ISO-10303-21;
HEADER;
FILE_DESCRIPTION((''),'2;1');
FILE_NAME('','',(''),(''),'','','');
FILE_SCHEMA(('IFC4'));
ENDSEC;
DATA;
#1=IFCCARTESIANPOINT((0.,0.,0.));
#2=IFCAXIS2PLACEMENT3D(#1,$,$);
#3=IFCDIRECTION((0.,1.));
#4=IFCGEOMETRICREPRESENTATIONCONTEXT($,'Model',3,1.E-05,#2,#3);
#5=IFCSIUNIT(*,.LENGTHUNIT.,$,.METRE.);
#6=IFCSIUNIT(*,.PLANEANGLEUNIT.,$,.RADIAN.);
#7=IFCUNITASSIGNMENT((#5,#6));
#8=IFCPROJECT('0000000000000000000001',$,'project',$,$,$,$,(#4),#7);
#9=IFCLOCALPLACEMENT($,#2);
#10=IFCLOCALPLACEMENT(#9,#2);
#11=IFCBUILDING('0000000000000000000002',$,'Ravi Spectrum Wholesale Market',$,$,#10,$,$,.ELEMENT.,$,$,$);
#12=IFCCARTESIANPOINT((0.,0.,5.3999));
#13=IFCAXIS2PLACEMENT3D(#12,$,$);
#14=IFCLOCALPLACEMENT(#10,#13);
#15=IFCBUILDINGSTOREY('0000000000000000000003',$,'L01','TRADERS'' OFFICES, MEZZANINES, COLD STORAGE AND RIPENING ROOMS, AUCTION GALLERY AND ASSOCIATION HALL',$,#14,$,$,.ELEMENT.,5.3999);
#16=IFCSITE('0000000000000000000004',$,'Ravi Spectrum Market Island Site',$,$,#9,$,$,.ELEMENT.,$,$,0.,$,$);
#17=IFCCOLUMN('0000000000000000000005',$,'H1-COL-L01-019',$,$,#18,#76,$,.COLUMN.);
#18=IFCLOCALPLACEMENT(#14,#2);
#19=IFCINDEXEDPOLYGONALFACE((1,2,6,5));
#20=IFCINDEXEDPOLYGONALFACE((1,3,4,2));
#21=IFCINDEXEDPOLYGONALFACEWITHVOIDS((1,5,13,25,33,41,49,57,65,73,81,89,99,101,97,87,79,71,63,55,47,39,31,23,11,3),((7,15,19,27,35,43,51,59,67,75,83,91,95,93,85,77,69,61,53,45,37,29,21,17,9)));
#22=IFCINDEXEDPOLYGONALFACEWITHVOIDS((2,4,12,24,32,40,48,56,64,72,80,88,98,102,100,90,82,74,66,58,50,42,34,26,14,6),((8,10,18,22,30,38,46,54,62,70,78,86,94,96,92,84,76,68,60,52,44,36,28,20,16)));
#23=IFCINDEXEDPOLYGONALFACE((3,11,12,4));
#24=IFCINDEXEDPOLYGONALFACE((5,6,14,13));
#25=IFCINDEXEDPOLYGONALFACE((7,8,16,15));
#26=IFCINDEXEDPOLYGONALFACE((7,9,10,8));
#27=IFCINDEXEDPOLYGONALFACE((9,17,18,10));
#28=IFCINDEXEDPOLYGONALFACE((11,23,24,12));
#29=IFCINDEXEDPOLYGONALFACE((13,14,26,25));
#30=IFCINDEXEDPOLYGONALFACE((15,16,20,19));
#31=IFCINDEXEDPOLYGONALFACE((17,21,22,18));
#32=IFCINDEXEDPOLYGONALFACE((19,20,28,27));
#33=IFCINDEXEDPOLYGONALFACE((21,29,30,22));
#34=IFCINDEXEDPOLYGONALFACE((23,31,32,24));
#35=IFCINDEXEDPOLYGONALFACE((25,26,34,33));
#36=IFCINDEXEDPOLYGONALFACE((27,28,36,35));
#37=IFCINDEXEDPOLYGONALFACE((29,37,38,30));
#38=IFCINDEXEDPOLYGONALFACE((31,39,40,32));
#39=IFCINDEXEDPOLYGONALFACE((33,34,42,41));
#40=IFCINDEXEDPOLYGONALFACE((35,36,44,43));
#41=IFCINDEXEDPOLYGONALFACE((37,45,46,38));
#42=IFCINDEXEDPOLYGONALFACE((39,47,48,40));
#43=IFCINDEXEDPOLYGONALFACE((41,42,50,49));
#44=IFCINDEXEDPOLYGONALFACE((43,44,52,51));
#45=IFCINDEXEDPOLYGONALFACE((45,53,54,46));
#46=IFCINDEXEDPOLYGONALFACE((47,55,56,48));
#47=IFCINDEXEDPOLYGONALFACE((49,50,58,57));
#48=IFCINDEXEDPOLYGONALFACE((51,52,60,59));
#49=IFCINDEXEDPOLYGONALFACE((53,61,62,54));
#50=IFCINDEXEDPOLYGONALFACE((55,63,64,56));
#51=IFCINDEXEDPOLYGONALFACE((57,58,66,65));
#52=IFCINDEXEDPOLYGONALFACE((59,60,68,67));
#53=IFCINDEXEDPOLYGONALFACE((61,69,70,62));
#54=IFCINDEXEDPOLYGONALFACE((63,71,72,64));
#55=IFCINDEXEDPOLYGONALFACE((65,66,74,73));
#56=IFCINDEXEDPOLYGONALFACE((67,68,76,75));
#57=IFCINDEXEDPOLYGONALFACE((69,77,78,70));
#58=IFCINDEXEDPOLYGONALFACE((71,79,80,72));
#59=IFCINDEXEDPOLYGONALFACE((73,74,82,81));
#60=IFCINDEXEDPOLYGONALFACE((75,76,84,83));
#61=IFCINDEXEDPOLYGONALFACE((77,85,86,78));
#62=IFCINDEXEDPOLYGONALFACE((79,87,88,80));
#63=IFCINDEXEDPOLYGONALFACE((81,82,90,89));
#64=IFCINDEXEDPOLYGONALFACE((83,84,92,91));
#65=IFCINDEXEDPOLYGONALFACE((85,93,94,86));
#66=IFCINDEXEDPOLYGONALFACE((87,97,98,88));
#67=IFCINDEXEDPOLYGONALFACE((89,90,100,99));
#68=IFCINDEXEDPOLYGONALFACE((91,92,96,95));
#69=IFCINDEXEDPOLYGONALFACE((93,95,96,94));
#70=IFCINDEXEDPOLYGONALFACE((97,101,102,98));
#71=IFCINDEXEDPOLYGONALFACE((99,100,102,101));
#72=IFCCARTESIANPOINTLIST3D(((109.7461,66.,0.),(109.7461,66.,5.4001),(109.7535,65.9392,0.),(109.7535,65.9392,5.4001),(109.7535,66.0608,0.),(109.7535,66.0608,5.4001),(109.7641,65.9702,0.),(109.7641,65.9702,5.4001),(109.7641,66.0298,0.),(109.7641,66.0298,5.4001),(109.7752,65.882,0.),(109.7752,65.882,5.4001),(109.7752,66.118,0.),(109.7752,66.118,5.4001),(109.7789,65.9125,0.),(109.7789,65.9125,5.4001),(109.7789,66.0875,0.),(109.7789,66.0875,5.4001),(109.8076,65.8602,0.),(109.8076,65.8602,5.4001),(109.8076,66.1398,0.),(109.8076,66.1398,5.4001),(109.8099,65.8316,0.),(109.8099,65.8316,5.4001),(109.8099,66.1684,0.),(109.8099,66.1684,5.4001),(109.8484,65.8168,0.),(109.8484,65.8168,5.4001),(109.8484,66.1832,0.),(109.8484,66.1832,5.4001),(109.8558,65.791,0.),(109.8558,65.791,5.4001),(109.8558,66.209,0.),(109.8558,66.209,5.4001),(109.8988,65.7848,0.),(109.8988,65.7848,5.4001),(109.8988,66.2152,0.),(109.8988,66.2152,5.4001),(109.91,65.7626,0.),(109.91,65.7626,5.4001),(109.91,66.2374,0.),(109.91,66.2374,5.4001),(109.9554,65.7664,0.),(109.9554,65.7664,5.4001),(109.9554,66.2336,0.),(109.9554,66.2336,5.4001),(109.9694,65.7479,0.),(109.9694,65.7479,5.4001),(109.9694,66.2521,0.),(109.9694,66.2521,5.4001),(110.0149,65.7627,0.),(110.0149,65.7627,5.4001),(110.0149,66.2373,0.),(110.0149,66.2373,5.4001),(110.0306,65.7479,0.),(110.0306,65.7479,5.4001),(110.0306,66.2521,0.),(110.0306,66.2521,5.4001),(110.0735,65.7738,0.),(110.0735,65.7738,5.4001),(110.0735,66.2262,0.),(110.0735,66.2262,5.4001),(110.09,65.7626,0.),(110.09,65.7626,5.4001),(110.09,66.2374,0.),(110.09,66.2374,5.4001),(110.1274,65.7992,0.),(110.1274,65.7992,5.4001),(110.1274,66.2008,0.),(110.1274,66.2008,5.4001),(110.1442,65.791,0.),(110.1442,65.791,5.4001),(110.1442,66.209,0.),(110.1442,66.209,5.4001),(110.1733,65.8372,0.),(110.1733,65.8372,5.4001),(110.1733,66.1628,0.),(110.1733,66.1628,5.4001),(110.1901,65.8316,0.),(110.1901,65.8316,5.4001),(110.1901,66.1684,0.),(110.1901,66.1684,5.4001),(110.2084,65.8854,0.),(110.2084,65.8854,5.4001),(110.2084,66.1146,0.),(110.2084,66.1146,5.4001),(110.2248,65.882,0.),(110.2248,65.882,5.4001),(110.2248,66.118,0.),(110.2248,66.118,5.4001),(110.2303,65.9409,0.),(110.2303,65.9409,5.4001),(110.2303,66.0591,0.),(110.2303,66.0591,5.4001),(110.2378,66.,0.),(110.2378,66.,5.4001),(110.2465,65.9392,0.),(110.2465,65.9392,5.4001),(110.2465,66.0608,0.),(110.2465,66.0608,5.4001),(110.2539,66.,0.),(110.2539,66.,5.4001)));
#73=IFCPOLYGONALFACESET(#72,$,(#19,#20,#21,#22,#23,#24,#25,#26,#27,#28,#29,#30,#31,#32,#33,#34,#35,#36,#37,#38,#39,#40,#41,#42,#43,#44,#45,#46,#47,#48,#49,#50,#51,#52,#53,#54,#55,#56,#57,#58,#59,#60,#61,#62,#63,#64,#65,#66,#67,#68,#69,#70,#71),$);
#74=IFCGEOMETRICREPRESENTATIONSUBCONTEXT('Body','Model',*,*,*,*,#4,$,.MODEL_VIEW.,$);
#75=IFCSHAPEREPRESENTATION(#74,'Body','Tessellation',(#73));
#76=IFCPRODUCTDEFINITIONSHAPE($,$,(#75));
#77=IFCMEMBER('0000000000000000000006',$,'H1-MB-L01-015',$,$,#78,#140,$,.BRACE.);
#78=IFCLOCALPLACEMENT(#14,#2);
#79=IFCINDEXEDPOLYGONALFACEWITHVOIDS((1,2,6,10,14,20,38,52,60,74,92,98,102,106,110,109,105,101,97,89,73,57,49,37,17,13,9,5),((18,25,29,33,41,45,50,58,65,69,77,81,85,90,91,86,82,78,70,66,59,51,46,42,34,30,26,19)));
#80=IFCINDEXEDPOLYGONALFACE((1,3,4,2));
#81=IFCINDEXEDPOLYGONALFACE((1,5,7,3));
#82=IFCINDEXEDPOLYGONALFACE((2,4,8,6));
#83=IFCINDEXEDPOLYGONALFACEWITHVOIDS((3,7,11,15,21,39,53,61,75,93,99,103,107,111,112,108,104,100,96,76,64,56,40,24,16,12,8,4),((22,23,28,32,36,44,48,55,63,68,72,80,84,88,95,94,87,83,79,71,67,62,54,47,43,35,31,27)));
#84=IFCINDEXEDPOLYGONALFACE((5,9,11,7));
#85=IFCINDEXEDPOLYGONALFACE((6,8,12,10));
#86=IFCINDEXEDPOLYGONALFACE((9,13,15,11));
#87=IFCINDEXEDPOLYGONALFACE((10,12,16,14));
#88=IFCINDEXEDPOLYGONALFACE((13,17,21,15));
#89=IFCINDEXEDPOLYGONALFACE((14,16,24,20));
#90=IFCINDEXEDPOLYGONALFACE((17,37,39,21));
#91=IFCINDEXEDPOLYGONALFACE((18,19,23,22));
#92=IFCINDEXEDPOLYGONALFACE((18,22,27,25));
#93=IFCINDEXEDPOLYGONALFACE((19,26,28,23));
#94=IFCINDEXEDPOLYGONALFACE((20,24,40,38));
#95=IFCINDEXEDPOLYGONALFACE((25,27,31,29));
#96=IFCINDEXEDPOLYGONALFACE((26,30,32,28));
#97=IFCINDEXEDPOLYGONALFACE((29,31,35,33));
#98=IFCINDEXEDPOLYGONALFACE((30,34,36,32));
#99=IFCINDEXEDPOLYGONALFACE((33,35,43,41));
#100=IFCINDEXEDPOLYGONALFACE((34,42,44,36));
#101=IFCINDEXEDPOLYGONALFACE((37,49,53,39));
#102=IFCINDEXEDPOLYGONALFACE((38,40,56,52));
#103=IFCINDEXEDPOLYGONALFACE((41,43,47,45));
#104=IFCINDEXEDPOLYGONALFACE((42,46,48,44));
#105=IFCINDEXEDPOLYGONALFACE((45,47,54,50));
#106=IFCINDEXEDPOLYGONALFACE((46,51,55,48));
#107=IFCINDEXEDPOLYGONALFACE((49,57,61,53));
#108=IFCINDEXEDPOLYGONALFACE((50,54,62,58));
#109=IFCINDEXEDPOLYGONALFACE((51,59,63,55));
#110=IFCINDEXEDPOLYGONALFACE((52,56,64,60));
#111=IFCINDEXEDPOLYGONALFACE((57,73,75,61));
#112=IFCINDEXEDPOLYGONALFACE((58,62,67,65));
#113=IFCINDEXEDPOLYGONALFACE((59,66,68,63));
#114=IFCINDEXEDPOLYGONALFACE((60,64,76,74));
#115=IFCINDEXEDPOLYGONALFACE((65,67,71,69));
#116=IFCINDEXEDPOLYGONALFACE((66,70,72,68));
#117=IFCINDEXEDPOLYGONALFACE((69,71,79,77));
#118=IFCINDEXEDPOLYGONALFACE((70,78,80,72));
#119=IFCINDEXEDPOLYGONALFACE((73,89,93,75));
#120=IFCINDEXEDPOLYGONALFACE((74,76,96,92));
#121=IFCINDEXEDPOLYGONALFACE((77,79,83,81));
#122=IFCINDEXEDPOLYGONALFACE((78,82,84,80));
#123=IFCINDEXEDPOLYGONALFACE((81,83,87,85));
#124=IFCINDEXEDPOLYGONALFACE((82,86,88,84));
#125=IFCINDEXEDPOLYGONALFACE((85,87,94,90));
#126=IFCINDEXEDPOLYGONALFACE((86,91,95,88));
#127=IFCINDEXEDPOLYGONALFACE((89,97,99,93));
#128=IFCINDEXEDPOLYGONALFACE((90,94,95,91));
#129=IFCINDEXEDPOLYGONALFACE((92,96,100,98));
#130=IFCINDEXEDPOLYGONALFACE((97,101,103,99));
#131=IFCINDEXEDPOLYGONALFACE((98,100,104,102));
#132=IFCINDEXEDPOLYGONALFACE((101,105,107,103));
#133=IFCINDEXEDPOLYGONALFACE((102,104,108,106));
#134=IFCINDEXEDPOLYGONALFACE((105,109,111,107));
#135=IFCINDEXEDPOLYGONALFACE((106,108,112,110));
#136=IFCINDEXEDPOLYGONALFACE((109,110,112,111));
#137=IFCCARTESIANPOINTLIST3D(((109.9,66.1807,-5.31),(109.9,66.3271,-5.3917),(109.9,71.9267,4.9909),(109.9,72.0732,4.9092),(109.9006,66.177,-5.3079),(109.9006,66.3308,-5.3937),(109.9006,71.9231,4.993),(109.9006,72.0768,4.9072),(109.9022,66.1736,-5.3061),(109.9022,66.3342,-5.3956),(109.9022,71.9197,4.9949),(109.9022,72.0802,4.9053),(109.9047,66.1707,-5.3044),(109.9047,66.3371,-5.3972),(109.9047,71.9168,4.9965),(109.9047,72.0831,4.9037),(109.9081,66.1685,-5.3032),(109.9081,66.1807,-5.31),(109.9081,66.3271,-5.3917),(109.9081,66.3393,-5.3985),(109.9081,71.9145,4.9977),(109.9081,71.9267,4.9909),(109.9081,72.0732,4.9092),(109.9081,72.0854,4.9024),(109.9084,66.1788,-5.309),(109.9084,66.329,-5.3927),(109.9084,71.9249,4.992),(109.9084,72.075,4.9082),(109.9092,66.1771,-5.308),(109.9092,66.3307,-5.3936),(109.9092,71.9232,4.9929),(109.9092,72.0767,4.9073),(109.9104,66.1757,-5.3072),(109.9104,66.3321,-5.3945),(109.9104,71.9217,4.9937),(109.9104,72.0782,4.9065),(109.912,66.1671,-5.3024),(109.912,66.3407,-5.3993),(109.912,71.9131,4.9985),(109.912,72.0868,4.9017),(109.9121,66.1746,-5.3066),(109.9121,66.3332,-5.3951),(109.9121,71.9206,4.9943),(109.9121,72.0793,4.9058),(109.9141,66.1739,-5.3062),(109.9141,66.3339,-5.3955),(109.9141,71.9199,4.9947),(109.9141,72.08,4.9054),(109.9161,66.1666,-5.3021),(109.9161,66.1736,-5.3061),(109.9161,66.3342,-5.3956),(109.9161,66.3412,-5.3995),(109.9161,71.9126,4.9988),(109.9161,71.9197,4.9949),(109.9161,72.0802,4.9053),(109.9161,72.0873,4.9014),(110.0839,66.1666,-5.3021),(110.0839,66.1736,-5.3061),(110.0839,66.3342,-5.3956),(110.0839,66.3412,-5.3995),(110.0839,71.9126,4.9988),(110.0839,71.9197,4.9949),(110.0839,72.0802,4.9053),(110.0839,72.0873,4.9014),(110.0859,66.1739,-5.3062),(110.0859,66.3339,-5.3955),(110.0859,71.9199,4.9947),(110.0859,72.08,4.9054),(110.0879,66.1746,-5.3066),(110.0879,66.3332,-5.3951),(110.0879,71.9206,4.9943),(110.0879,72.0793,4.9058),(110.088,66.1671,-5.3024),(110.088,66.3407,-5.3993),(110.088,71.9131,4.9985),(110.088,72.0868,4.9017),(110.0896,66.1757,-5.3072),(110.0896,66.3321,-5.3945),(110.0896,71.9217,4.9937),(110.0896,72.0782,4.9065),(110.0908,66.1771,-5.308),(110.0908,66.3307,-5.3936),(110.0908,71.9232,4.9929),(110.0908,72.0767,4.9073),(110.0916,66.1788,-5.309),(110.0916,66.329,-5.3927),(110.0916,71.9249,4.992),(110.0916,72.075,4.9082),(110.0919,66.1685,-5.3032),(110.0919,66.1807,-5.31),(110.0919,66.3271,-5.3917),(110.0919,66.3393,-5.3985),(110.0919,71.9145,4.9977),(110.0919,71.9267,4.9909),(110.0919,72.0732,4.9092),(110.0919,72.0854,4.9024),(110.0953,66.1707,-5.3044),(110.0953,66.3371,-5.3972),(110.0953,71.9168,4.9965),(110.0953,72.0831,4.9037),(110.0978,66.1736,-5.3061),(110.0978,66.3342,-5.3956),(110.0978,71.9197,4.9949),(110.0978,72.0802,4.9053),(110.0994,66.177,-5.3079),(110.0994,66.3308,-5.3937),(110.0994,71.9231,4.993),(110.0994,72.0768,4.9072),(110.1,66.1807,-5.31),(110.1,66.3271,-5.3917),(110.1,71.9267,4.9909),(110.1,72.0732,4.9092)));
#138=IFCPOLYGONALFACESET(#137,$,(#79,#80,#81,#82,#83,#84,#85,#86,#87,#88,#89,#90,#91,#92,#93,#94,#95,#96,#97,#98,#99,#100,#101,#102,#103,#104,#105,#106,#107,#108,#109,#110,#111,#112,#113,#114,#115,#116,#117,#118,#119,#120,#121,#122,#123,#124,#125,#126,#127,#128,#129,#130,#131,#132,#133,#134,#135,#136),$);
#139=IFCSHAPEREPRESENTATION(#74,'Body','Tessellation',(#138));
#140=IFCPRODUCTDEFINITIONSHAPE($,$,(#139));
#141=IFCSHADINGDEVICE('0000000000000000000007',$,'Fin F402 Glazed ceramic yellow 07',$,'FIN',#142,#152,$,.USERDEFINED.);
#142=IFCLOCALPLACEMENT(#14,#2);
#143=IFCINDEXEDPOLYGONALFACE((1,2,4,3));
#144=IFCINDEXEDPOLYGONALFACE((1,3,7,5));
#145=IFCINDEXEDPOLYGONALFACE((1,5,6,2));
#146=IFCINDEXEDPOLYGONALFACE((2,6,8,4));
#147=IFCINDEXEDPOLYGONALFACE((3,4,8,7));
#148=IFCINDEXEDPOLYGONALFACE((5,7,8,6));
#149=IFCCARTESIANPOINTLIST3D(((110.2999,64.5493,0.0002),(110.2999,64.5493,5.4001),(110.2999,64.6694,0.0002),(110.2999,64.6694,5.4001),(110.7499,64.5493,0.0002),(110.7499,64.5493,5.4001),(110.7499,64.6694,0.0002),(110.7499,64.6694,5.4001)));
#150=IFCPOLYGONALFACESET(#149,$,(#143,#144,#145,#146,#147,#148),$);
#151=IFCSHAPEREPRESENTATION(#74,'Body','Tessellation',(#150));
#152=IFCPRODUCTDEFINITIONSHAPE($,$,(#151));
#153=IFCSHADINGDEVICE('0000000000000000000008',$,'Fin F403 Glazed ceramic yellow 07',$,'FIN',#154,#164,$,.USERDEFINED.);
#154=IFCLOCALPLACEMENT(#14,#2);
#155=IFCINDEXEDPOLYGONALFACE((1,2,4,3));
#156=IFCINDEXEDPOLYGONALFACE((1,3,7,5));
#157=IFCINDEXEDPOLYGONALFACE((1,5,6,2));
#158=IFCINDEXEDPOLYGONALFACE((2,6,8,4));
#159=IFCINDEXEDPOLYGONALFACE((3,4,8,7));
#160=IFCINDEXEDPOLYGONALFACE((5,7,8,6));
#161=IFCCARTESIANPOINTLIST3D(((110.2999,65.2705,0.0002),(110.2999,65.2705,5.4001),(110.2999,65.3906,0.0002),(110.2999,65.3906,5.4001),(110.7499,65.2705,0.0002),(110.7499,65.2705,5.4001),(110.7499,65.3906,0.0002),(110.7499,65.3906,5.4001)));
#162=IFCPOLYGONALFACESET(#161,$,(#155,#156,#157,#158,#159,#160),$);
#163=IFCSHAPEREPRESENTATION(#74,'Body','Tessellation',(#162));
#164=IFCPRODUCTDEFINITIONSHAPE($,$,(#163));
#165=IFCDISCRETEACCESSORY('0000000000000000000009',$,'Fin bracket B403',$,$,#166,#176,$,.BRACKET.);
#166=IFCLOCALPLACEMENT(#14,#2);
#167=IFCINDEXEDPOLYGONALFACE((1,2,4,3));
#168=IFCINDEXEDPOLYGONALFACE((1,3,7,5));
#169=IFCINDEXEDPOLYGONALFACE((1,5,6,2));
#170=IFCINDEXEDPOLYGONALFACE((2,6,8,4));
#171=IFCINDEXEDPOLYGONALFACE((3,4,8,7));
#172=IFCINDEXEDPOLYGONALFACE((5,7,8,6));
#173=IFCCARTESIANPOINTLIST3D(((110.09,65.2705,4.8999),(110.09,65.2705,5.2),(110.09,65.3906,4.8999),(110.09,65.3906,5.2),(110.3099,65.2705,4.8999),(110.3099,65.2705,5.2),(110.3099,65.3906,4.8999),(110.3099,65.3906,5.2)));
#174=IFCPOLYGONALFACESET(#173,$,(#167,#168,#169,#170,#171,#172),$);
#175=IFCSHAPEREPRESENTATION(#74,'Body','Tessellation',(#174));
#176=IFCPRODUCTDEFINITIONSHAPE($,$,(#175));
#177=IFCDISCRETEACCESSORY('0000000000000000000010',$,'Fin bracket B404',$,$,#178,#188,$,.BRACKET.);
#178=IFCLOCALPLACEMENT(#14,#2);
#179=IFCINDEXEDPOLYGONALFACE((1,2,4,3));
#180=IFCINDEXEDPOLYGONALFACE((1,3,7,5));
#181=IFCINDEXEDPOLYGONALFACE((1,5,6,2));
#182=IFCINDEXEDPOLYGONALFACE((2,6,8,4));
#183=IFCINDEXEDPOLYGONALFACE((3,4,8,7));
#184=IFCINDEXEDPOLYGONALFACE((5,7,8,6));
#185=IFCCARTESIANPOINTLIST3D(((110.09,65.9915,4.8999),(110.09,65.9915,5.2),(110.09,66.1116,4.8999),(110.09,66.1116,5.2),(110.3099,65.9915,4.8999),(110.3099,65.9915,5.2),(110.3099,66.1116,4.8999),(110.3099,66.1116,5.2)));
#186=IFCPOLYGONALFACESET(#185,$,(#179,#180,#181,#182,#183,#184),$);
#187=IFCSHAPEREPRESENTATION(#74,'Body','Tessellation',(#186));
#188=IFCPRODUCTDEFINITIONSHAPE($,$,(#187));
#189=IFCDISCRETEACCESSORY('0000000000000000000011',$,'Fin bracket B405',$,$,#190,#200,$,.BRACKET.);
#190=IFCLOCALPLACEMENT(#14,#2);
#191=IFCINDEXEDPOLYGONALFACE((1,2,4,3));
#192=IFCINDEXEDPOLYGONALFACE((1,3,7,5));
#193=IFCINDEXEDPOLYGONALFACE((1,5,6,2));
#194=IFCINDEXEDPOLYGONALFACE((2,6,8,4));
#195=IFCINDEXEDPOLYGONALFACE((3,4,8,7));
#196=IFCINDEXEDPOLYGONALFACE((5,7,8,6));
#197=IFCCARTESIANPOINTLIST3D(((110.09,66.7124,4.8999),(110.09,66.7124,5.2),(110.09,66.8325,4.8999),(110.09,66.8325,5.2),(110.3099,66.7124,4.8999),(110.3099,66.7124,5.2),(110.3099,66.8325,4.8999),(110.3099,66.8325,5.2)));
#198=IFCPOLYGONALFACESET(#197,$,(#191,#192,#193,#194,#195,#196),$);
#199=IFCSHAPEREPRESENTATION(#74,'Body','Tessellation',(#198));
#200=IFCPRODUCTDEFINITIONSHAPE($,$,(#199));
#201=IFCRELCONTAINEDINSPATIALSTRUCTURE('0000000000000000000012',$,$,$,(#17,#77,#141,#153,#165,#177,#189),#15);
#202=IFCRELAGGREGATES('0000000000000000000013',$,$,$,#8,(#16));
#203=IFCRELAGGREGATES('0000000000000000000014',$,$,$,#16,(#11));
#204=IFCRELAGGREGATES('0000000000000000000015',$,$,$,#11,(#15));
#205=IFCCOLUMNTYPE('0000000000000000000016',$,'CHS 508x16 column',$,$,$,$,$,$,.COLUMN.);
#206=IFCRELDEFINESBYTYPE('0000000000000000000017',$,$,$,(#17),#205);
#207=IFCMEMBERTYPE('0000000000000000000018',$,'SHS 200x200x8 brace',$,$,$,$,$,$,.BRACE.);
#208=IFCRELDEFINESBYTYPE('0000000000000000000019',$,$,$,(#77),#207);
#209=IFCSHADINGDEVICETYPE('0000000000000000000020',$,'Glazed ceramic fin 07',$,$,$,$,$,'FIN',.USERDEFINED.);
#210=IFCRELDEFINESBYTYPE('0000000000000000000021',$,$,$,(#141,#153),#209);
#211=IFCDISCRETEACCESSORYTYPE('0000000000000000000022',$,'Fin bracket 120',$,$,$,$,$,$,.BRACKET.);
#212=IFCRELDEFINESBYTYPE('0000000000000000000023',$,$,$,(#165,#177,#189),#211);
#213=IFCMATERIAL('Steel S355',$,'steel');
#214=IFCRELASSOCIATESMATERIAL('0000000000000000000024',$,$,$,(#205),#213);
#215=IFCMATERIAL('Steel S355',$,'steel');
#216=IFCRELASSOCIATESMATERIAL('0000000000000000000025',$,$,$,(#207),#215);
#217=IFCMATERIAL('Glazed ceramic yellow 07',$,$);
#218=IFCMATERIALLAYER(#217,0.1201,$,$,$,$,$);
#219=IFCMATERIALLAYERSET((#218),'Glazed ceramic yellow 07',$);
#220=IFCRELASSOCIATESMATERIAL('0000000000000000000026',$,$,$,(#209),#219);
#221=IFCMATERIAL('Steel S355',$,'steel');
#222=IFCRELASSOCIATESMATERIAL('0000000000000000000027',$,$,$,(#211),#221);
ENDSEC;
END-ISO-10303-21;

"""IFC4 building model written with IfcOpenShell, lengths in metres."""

from ifc_helpers import new_model, si_unit, direction, frame, origin, origin_2d, place, context, subcontext, project, spatial, rectangle, hollow_rectangle, hollow_circle, extrude, material, layer, layer_set, material_profile, profile_set, type_object, element, save


model = new_model("IFC4")

# Units and contexts
model_context = context("Model", 3, precision=1e-05, world=origin(), true_north=direction((0.0, 1.0)))
body_context = subcontext(model_context, "Body", "Model", "MODEL_VIEW")
ifc_project = project(units=[si_unit("LENGTHUNIT", "METRE"), si_unit("PLANEANGLEUNIT", "RADIAN")], contexts=[model_context])

# Site, building, storey
site_placement = place(None, origin())
site = spatial("IfcSite", under=ifc_project, at=site_placement, Name="Ravi Spectrum Market Island Site", CompositionType="ELEMENT", RefElevation=0.0)
building_placement = place(site_placement, origin())
building = spatial("IfcBuilding", under=site, at=building_placement, Name="Ravi Spectrum Wholesale Market", CompositionType="ELEMENT")
storey_placement = place(building_placement, frame((0.0, 0.0, 5.3999)))
storey = spatial("IfcBuildingStorey", under=building, at=storey_placement, Name="L01", Description="TRADERS' OFFICES, MEZZANINES, COLD STORAGE AND RIPENING ROOMS, AUCTION GALLERY AND ASSOCIATION HALL", CompositionType="ELEMENT", Elevation=5.3999)

# Column
ifc_material_1 = material(Name="Steel S355", Category="steel")
ifc_material_profile_1 = material_profile(ifc_material_1, hollow_circle(Radius=0.2539, WallThickness=0.0161, at=origin_2d()))
ifc_profile_set_1 = profile_set([ifc_material_profile_1], Name="Steel S355")
column_type = type_object("IfcColumnType", Name="CHS 508x16 column", PredefinedType="COLUMN", material=ifc_profile_set_1)
column_placement = place(storey_placement, frame((110.0, 66.0, 0.0), z_axis=(0.0, 0.0, 1.0), x_axis=(1.0, 0.0, 0.0)))
element("IfcColumn", 1, at=column_placement, inside=storey, type_object=column_type, Name="H1-COL-L01-019", PredefinedType="COLUMN", context=body_context, shape_type="SweptSolid", body=[
    extrude(hollow_circle(Radius=0.2539, WallThickness=0.0161, at=origin_2d()), origin(), (0.0, 0.0, 1.0), 5.4001),
])

# Member
ifc_material_2 = material(Name="Steel S355", Category="steel")
ifc_material_profile_2 = material_profile(ifc_material_2, hollow_rectangle(XDim=0.2, YDim=0.2, WallThickness=0.0081, InnerFilletRadius=0.0081, OuterFilletRadius=0.0161, at=origin_2d()))
ifc_profile_set_2 = profile_set([ifc_material_profile_2], Name="Steel S355")
member_type = type_object("IfcMemberType", Name="SHS 200x200x8 brace", PredefinedType="BRACE", material=ifc_profile_set_2)
member_placement = place(storey_placement, frame((110.0, 66.2539, -5.3508), z_axis=(0.0, 0.487152, 0.873317), x_axis=(-1.0, 0.0, 0.0)))
element("IfcMember", 2, at=member_placement, inside=storey, type_object=member_type, Name="H1-MB-L01-015", PredefinedType="BRACE", context=body_context, shape_type="SweptSolid", body=[
    extrude(hollow_rectangle(XDim=0.2, YDim=0.2, WallThickness=0.0081, InnerFilletRadius=0.0081, OuterFilletRadius=0.0161, at=origin_2d()), origin(), (0.0, 0.0, 1.0), 11.7952),
])

# Shading devices
ifc_material_3 = material(Name="Glazed ceramic yellow 07")
ifc_layer = layer(ifc_material_3, 0.1201)
ifc_layer_set = layer_set([ifc_layer], Name="Glazed ceramic yellow 07")
shading_device_type = type_object("IfcShadingDeviceType", Name="Glazed ceramic fin 07", ElementType="FIN", PredefinedType="USERDEFINED", material=ifc_layer_set)
for number, where, z_axis, x_axis, name in (
    (3, (110.5249, 64.6094, 0.0002), (0.0, 0.0, 1.0), (0.0, 1.0, 0.0), "Fin F402 Glazed ceramic yellow 07"),
    (4, (110.5249, 65.3306, 0.0002), (0.0, 0.0, 1.0), (0.0, 1.0, 0.0), "Fin F403 Glazed ceramic yellow 07"),
):
    element("IfcShadingDevice", number, at=place(storey_placement, frame(where, z_axis=z_axis, x_axis=x_axis)), inside=storey, type_object=shading_device_type, Name=name, ObjectType="FIN", PredefinedType="USERDEFINED", context=body_context, shape_type="SweptSolid", body=[
        extrude(rectangle(XDim=0.1201, YDim=0.45, at=origin_2d()), origin(), (0.0, 0.0, 1.0), 5.3999),
    ])

# Discrete accessories
ifc_material_4 = material(Name="Steel S355", Category="steel")
discrete_accessory_type_1 = type_object("IfcDiscreteAccessoryType", Name="Fin bracket 120", PredefinedType="BRACKET", material=ifc_material_4)
for number, where, z_axis, x_axis, name in (
    (5, (110.2, 65.3306, 4.8999), (0.0, 0.0, 1.0), (0.0, 1.0, 0.0), "Fin bracket B403"),
    (6, (110.2, 66.0515, 4.8999), (0.0, 0.0, 1.0), (0.0, 1.0, 0.0), "Fin bracket B404"),
    (7, (110.2, 66.7725, 4.8999), (0.0, 0.0, 1.0), (0.0, 1.0, 0.0), "Fin bracket B405"),
):
    element("IfcDiscreteAccessory", number, at=place(storey_placement, frame(where, z_axis=z_axis, x_axis=x_axis)), inside=storey, type_object=discrete_accessory_type_1, Name=name, PredefinedType="BRACKET", context=body_context, shape_type="SweptSolid", body=[
        extrude(rectangle(XDim=0.1201, YDim=0.22, at=origin_2d()), origin(), (0.0, 0.0, 1.0), 0.3),
    ])

save(model, "model.ifc")
